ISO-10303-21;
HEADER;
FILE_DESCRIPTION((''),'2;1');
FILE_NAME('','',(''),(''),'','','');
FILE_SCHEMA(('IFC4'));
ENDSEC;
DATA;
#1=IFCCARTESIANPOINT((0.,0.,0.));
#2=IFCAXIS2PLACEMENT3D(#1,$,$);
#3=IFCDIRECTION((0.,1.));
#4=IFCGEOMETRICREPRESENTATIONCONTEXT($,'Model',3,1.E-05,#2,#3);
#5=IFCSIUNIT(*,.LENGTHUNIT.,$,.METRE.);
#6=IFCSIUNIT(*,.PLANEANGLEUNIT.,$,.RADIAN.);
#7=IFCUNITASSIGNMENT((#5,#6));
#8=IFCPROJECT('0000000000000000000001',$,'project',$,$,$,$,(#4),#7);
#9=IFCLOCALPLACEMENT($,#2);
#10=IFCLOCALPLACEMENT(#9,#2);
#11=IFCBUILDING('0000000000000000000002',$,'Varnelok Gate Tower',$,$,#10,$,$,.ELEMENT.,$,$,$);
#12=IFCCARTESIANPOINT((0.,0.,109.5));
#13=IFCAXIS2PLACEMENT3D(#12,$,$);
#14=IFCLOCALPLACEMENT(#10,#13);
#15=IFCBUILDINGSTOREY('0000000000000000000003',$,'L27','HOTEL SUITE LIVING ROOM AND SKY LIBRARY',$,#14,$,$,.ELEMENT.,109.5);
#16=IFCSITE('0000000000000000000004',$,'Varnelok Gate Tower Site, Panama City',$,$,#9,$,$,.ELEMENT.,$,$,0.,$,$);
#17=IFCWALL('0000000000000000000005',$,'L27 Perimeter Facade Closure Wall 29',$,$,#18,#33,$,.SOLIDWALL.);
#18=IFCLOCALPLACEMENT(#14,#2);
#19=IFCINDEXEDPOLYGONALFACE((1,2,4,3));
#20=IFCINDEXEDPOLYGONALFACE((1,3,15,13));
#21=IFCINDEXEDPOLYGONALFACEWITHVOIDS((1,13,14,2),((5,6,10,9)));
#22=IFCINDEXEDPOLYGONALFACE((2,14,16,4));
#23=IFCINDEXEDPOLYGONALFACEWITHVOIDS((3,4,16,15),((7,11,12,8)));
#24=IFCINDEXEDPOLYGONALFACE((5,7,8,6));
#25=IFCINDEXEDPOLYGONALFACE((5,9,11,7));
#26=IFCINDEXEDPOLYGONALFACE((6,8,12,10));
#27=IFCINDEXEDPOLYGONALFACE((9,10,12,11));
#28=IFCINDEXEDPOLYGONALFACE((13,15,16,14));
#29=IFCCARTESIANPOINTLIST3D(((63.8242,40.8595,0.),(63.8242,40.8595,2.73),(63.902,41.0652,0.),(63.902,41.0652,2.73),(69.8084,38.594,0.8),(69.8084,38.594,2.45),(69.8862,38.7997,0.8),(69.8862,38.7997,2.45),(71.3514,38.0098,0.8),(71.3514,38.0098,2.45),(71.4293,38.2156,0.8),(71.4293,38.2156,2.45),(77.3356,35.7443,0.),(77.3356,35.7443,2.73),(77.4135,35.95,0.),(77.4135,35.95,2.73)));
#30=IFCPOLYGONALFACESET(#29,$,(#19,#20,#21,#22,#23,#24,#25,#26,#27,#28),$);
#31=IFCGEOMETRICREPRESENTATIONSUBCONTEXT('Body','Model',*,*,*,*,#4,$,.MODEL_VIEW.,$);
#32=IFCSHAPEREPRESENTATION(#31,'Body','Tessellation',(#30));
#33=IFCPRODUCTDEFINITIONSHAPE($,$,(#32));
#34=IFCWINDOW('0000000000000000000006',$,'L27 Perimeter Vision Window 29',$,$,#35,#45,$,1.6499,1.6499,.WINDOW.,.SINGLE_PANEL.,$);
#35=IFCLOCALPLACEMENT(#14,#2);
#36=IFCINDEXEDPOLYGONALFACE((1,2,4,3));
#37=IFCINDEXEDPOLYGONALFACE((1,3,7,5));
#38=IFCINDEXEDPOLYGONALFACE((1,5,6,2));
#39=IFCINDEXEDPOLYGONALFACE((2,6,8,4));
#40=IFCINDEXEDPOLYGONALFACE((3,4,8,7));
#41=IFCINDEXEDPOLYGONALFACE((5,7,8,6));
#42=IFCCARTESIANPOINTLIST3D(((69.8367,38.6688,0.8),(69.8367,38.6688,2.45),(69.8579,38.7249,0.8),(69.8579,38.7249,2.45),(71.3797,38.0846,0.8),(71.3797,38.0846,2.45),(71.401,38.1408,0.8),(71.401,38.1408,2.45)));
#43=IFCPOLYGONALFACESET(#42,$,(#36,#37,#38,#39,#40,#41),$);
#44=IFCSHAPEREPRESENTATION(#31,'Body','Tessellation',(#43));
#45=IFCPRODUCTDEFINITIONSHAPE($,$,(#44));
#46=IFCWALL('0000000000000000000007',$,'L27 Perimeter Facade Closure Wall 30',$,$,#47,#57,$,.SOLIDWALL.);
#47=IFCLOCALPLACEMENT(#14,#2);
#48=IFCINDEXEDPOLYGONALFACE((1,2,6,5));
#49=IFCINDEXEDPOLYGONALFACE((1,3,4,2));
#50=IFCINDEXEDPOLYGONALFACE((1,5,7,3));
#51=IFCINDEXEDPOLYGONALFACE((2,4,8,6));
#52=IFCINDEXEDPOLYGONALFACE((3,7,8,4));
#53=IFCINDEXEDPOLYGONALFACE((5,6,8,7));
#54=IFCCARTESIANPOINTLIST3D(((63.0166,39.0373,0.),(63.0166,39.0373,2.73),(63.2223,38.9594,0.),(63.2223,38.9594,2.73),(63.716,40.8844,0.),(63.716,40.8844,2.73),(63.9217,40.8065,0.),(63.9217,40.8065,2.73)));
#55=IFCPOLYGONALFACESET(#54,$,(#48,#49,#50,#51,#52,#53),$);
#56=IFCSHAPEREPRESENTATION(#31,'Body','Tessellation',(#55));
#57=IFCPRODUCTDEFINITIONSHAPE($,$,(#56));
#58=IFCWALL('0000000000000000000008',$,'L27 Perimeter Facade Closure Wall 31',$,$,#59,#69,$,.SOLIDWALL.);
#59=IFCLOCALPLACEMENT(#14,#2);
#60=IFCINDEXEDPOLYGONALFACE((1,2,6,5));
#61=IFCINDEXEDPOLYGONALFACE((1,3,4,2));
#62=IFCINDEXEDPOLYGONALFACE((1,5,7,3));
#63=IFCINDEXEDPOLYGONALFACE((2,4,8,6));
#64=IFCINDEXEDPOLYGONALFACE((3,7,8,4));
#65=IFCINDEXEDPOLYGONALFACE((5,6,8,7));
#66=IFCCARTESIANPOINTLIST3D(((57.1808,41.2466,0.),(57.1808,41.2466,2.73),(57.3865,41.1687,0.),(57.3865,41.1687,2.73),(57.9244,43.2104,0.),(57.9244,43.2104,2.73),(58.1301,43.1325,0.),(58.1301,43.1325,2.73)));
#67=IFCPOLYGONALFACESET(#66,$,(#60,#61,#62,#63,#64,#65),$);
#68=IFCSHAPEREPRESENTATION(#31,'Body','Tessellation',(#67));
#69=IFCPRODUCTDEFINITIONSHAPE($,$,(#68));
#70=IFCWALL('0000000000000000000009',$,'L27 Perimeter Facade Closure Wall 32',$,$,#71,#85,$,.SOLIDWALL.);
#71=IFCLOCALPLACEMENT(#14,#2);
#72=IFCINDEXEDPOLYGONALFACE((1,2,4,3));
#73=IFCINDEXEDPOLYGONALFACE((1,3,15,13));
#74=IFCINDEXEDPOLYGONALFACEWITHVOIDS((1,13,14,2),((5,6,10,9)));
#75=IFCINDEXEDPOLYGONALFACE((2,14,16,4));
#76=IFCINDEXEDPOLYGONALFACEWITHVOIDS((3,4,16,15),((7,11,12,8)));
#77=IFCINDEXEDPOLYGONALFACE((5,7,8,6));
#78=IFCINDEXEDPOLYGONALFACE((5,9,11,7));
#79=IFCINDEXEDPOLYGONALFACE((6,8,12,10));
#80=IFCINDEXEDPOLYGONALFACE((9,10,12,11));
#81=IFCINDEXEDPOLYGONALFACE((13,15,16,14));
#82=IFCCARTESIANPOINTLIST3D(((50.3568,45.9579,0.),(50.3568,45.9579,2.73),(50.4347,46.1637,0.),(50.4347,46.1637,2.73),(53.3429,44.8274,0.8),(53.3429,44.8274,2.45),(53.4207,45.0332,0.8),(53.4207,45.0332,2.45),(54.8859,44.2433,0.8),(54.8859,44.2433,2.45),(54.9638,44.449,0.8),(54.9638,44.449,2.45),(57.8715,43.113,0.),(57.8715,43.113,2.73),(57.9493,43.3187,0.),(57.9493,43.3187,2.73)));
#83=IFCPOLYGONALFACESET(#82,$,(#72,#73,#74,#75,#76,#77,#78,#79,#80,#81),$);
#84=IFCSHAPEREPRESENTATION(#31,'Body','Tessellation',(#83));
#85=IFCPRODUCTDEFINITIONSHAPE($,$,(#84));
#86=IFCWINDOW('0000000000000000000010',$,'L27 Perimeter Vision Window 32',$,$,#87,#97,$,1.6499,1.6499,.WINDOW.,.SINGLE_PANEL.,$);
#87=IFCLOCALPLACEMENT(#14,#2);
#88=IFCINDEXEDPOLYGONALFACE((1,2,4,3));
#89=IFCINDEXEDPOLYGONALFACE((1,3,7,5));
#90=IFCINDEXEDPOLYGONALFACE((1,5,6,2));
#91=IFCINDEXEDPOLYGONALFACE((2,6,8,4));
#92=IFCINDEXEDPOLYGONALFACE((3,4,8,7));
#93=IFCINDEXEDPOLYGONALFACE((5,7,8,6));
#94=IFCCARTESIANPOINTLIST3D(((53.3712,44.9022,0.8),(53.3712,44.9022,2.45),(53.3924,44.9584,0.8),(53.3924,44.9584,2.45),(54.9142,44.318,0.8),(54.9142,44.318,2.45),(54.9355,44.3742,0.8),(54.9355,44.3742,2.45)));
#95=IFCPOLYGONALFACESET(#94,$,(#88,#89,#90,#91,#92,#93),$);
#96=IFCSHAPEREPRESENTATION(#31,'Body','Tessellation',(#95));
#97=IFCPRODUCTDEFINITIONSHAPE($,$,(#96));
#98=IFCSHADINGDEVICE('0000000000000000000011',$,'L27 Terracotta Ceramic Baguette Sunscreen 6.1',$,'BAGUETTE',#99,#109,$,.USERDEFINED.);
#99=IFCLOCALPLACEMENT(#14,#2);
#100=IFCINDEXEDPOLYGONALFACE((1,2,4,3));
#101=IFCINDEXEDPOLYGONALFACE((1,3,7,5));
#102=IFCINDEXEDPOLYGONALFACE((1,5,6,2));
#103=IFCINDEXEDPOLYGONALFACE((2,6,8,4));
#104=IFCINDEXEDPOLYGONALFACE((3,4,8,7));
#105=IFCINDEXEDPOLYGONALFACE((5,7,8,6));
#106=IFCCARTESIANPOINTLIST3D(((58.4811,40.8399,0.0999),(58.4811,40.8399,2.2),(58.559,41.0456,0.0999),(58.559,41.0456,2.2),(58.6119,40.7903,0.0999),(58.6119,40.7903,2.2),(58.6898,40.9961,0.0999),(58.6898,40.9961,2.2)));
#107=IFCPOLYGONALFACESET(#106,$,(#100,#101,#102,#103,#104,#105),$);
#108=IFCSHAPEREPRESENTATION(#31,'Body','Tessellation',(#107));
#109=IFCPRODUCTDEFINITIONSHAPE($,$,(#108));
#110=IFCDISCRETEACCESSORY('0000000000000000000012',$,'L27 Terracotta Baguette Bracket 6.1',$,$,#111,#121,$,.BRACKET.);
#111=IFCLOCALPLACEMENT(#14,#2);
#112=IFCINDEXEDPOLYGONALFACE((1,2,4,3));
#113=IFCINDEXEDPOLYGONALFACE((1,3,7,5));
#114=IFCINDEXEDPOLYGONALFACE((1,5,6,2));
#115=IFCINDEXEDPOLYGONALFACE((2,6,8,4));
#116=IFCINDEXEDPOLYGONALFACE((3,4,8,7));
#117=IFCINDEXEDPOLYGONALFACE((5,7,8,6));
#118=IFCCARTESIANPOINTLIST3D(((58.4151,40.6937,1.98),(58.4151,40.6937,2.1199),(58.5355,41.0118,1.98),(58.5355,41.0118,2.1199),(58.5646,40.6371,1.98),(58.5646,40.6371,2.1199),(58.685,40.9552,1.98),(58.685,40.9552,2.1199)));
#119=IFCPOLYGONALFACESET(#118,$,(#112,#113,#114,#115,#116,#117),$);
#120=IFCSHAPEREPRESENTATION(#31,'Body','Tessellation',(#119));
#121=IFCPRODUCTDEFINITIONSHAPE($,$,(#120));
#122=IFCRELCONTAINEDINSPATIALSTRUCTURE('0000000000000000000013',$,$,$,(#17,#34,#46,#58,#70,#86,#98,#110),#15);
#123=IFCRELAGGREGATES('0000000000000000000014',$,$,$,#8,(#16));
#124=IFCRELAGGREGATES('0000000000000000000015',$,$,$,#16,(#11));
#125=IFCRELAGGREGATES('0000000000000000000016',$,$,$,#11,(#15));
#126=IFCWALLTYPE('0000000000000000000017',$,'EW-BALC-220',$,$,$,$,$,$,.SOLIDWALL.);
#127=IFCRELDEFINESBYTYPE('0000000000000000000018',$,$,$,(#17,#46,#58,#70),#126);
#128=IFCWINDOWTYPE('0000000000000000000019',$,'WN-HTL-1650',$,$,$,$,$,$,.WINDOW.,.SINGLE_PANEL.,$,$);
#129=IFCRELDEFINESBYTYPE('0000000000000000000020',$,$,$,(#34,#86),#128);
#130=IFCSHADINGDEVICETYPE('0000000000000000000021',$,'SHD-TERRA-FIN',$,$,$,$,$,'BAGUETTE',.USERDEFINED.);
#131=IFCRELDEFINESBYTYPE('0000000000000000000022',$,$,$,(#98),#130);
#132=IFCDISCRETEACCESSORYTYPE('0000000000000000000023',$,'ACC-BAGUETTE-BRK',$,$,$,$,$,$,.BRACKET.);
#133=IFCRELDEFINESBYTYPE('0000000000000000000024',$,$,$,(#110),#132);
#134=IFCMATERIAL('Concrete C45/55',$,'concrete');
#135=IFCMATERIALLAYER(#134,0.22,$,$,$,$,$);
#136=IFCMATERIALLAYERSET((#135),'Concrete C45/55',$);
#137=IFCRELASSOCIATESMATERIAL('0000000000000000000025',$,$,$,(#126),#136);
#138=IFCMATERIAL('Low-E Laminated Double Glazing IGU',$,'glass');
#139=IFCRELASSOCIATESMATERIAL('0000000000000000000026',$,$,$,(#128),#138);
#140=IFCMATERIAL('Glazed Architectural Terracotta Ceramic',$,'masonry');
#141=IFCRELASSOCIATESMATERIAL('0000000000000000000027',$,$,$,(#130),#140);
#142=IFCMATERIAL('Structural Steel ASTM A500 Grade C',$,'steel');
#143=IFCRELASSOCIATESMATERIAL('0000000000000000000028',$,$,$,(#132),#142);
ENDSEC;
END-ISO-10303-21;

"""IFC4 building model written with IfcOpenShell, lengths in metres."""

from ifc_helpers import new_model, si_unit, direction, frame, frame_2d, origin, origin_2d, place, context, subcontext, project, spatial, rectangle, extrude, source, transform, mapped, material, layer, layer_set, type_object, element, fill, save


model = new_model("IFC4")

# Units and contexts
model_context = context("Model", 3, precision=1e-05, world=origin(), true_north=direction((0.0, 1.0)))
body_context = subcontext(model_context, "Body", "Model", "MODEL_VIEW")
ifc_project = project(units=[si_unit("LENGTHUNIT", "METRE"), si_unit("PLANEANGLEUNIT", "RADIAN")], contexts=[model_context])

# Site, building, storey
site_placement = place(None, origin())
site = spatial("IfcSite", under=ifc_project, at=site_placement, Name="Varnelok Gate Tower Site, Panama City", CompositionType="ELEMENT", RefElevation=0.0)
building_placement = place(site_placement, origin())
building = spatial("IfcBuilding", under=site, at=building_placement, Name="Varnelok Gate Tower", CompositionType="ELEMENT")
storey_placement = place(building_placement, frame((0.0, 0.0, 109.5)))
storey = spatial("IfcBuildingStorey", under=building, at=storey_placement, Name="L27", Description="HOTEL SUITE LIVING ROOM AND SKY LIBRARY", CompositionType="ELEMENT", Elevation=109.5)

# Shared definitions
ifc_material_1 = material(Name="Low-E Laminated Double Glazing IGU", Category="glass")

# Shared definitions
ifc_material_2 = material(Name="Concrete C45/55", Category="concrete")
ifc_layer_1 = layer(ifc_material_2, 0.22)
ifc_layer_set_1 = layer_set([ifc_layer_1], Name="Concrete C45/55")
wall_type = type_object("IfcWallType", Name="EW-BALC-220", PredefinedType="SOLIDWALL", material=ifc_layer_set_1)

# Wall, opening, window
wall_1_placement = place(storey_placement, frame((77.3745, 35.8472, 0.0), z_axis=(0.0, 0.0, 1.0), x_axis=(-0.935222, 0.354061, 0.0)))
wall_1 = element("IfcWall", 1, at=wall_1_placement, inside=storey, type_object=wall_type, Name="L27 Perimeter Facade Closure Wall 29", PredefinedType="SOLIDWALL", context=body_context, shape_type="SweptSolid", body=[
    extrude(rectangle(XDim=14.4473, YDim=0.22, at=frame_2d((7.2236, 0.0))), origin(), (0.0, 0.0, 1.0), 2.73),
])
opening_1_placement = place(wall_1_placement, frame((6.3987, 0.0, 0.8)))
opening_1 = element("IfcOpeningElement", 2, at=opening_1_placement, cuts=wall_1, PredefinedType="OPENING", context=body_context, shape_type="SweptSolid", body=[
    extrude(rectangle(XDim=1.6499, YDim=1.6499, at=frame_2d((0.825, 0.825))), frame((0.0, 0.1199, 0.0), z_axis=(0.0, -1.0, 0.0), x_axis=(1.0, 0.0, 0.0)), (0.0, 0.0, 1.0), 0.24),
])
window_type = type_object("IfcWindowType", Name="WN-HTL-1650", PartitioningType="SINGLE_PANEL", PredefinedType="WINDOW", material=ifc_material_1)
window_1_placement = place(opening_1_placement, origin())
window_1 = element("IfcWindow", 3, at=window_1_placement, inside=storey, type_object=window_type, Name="L27 Perimeter Vision Window 29", OverallHeight=1.6499, OverallWidth=1.6499, PartitioningType="SINGLE_PANEL", PredefinedType="WINDOW", context=body_context, shape_type="SweptSolid", body=[
    extrude(rectangle(XDim=1.6499, YDim=1.6499, at=frame_2d((0.825, 0.825))), frame((0.0, 0.03, 0.0), z_axis=(0.0, -1.0, 0.0), x_axis=(1.0, 0.0, 0.0)), (0.0, 0.0, 1.0), 0.0601),
])
fill(opening_1, window_1)

# Walls
wall_2_placement = place(storey_placement, frame((63.8188, 40.8455, 0.0), z_axis=(0.0, 0.0, 1.0), x_axis=(-0.354129, -0.935197, 0.0)))
element("IfcWall", 4, at=wall_2_placement, inside=storey, type_object=wall_type, Name="L27 Perimeter Facade Closure Wall 30", PredefinedType="SOLIDWALL", context=body_context, shape_type="SweptSolid", body=[
    extrude(rectangle(XDim=1.9751, YDim=0.22, at=frame_2d((0.9875, 0.0))), origin(), (0.0, 0.0, 1.0), 2.73),
])
wall_3_placement = place(storey_placement, frame((57.2837, 41.2078, 0.0), z_axis=(0.0, 0.0, 1.0), x_axis=(0.354128, 0.935197, 0.0)))
element("IfcWall", 5, at=wall_3_placement, inside=storey, type_object=wall_type, Name="L27 Perimeter Facade Closure Wall 31", PredefinedType="SOLIDWALL", context=body_context, shape_type="SweptSolid", body=[
    extrude(rectangle(XDim=2.0999, YDim=0.22, at=frame_2d((1.0498, 0.0))), origin(), (0.0, 0.0, 1.0), 2.73),
])

# Wall, opening, window
wall_4_placement = place(storey_placement, frame((57.9104, 43.2158, 0.0), z_axis=(0.0, 0.0, 1.0), x_axis=(-0.935221, 0.354065, 0.0)))
wall_4 = element("IfcWall", 6, at=wall_4_placement, inside=storey, type_object=wall_type, Name="L27 Perimeter Facade Closure Wall 32", PredefinedType="SOLIDWALL", context=body_context, shape_type="SweptSolid", body=[
    extrude(rectangle(XDim=8.0352, YDim=0.22, at=frame_2d((4.0176, 0.0))), origin(), (0.0, 0.0, 1.0), 2.73),
])
opening_2_placement = place(wall_4_placement, frame((3.1924, 0.0, 0.8)))
opening_2 = element("IfcOpeningElement", 7, at=opening_2_placement, cuts=wall_4, PredefinedType="OPENING", context=body_context, shape_type="SweptSolid", body=[
    extrude(rectangle(XDim=1.6499, YDim=1.6499, at=frame_2d((0.825, 0.825))), frame((0.0, 0.1199, 0.0), z_axis=(0.0, -1.0, 0.0), x_axis=(1.0, 0.0, 0.0)), (0.0, 0.0, 1.0), 0.24),
])
window_2_placement = place(opening_2_placement, origin())
window_2 = element("IfcWindow", 8, at=window_2_placement, inside=storey, type_object=window_type, Name="L27 Perimeter Vision Window 32", OverallHeight=1.6499, OverallWidth=1.6499, PartitioningType="SINGLE_PANEL", PredefinedType="WINDOW", context=body_context, shape_type="SweptSolid", body=[
    extrude(rectangle(XDim=1.6499, YDim=1.6499, at=frame_2d((0.825, 0.825))), frame((0.0, 0.03, 0.0), z_axis=(0.0, -1.0, 0.0), x_axis=(1.0, 0.0, 0.0)), (0.0, 0.0, 1.0), 0.0601),
])
fill(opening_2, window_2)

# Shading device
ifc_material_3 = material(Name="Glazed Architectural Terracotta Ceramic", Category="masonry")
shading_device_type = type_object("IfcShadingDeviceType", Name="SHD-TERRA-FIN", ElementType="BAGUETTE", PredefinedType="USERDEFINED", material=ifc_material_3)
shared_shape_1 = source(origin(), body_context, "Body", "SweptSolid", [
    extrude(rectangle(XDim=0.1399, YDim=0.22, at=origin_2d()), origin(), (0.0, 0.0, 1.0), 2.1001),
])
shading_device_placement = place(storey_placement, frame((58.5854, 40.918, 0.0999), z_axis=(0.0, 0.0, 1.0), x_axis=(0.935222, -0.354063, 0.0)))
element("IfcShadingDevice", 9, at=shading_device_placement, inside=storey, type_object=shading_device_type, Name="L27 Terracotta Ceramic Baguette Sunscreen 6.1", ObjectType="BAGUETTE", PredefinedType="USERDEFINED", context=body_context, shape_type="MappedRepresentation", body=[
    mapped(shared_shape_1, transform((0.0, 0.0, 0.0), scale=1.0)),
])

# Discrete accessory
ifc_material_4 = material(Name="Structural Steel ASTM A500 Grade C", Category="steel")
discrete_accessory_type = type_object("IfcDiscreteAccessoryType", Name="ACC-BAGUETTE-BRK", PredefinedType="BRACKET", material=ifc_material_4)
shared_shape_2 = source(origin(), body_context, "Body", "SweptSolid", [
    extrude(rectangle(XDim=0.1599, YDim=0.3401, at=origin_2d()), origin(), (0.0, 0.0, 1.0), 0.1399),
])
discrete_accessory_placement = place(storey_placement, frame((58.55, 40.8245, 1.98), z_axis=(0.0, 0.0, 1.0), x_axis=(0.935222, -0.354063, 0.0)))
element("IfcDiscreteAccessory", 10, at=discrete_accessory_placement, inside=storey, type_object=discrete_accessory_type, Name="L27 Terracotta Baguette Bracket 6.1", PredefinedType="BRACKET", context=body_context, shape_type="MappedRepresentation", body=[
    mapped(shared_shape_2, transform((0.0, 0.0, 0.0), scale=1.0)),
])

save(model, "model.ifc")
